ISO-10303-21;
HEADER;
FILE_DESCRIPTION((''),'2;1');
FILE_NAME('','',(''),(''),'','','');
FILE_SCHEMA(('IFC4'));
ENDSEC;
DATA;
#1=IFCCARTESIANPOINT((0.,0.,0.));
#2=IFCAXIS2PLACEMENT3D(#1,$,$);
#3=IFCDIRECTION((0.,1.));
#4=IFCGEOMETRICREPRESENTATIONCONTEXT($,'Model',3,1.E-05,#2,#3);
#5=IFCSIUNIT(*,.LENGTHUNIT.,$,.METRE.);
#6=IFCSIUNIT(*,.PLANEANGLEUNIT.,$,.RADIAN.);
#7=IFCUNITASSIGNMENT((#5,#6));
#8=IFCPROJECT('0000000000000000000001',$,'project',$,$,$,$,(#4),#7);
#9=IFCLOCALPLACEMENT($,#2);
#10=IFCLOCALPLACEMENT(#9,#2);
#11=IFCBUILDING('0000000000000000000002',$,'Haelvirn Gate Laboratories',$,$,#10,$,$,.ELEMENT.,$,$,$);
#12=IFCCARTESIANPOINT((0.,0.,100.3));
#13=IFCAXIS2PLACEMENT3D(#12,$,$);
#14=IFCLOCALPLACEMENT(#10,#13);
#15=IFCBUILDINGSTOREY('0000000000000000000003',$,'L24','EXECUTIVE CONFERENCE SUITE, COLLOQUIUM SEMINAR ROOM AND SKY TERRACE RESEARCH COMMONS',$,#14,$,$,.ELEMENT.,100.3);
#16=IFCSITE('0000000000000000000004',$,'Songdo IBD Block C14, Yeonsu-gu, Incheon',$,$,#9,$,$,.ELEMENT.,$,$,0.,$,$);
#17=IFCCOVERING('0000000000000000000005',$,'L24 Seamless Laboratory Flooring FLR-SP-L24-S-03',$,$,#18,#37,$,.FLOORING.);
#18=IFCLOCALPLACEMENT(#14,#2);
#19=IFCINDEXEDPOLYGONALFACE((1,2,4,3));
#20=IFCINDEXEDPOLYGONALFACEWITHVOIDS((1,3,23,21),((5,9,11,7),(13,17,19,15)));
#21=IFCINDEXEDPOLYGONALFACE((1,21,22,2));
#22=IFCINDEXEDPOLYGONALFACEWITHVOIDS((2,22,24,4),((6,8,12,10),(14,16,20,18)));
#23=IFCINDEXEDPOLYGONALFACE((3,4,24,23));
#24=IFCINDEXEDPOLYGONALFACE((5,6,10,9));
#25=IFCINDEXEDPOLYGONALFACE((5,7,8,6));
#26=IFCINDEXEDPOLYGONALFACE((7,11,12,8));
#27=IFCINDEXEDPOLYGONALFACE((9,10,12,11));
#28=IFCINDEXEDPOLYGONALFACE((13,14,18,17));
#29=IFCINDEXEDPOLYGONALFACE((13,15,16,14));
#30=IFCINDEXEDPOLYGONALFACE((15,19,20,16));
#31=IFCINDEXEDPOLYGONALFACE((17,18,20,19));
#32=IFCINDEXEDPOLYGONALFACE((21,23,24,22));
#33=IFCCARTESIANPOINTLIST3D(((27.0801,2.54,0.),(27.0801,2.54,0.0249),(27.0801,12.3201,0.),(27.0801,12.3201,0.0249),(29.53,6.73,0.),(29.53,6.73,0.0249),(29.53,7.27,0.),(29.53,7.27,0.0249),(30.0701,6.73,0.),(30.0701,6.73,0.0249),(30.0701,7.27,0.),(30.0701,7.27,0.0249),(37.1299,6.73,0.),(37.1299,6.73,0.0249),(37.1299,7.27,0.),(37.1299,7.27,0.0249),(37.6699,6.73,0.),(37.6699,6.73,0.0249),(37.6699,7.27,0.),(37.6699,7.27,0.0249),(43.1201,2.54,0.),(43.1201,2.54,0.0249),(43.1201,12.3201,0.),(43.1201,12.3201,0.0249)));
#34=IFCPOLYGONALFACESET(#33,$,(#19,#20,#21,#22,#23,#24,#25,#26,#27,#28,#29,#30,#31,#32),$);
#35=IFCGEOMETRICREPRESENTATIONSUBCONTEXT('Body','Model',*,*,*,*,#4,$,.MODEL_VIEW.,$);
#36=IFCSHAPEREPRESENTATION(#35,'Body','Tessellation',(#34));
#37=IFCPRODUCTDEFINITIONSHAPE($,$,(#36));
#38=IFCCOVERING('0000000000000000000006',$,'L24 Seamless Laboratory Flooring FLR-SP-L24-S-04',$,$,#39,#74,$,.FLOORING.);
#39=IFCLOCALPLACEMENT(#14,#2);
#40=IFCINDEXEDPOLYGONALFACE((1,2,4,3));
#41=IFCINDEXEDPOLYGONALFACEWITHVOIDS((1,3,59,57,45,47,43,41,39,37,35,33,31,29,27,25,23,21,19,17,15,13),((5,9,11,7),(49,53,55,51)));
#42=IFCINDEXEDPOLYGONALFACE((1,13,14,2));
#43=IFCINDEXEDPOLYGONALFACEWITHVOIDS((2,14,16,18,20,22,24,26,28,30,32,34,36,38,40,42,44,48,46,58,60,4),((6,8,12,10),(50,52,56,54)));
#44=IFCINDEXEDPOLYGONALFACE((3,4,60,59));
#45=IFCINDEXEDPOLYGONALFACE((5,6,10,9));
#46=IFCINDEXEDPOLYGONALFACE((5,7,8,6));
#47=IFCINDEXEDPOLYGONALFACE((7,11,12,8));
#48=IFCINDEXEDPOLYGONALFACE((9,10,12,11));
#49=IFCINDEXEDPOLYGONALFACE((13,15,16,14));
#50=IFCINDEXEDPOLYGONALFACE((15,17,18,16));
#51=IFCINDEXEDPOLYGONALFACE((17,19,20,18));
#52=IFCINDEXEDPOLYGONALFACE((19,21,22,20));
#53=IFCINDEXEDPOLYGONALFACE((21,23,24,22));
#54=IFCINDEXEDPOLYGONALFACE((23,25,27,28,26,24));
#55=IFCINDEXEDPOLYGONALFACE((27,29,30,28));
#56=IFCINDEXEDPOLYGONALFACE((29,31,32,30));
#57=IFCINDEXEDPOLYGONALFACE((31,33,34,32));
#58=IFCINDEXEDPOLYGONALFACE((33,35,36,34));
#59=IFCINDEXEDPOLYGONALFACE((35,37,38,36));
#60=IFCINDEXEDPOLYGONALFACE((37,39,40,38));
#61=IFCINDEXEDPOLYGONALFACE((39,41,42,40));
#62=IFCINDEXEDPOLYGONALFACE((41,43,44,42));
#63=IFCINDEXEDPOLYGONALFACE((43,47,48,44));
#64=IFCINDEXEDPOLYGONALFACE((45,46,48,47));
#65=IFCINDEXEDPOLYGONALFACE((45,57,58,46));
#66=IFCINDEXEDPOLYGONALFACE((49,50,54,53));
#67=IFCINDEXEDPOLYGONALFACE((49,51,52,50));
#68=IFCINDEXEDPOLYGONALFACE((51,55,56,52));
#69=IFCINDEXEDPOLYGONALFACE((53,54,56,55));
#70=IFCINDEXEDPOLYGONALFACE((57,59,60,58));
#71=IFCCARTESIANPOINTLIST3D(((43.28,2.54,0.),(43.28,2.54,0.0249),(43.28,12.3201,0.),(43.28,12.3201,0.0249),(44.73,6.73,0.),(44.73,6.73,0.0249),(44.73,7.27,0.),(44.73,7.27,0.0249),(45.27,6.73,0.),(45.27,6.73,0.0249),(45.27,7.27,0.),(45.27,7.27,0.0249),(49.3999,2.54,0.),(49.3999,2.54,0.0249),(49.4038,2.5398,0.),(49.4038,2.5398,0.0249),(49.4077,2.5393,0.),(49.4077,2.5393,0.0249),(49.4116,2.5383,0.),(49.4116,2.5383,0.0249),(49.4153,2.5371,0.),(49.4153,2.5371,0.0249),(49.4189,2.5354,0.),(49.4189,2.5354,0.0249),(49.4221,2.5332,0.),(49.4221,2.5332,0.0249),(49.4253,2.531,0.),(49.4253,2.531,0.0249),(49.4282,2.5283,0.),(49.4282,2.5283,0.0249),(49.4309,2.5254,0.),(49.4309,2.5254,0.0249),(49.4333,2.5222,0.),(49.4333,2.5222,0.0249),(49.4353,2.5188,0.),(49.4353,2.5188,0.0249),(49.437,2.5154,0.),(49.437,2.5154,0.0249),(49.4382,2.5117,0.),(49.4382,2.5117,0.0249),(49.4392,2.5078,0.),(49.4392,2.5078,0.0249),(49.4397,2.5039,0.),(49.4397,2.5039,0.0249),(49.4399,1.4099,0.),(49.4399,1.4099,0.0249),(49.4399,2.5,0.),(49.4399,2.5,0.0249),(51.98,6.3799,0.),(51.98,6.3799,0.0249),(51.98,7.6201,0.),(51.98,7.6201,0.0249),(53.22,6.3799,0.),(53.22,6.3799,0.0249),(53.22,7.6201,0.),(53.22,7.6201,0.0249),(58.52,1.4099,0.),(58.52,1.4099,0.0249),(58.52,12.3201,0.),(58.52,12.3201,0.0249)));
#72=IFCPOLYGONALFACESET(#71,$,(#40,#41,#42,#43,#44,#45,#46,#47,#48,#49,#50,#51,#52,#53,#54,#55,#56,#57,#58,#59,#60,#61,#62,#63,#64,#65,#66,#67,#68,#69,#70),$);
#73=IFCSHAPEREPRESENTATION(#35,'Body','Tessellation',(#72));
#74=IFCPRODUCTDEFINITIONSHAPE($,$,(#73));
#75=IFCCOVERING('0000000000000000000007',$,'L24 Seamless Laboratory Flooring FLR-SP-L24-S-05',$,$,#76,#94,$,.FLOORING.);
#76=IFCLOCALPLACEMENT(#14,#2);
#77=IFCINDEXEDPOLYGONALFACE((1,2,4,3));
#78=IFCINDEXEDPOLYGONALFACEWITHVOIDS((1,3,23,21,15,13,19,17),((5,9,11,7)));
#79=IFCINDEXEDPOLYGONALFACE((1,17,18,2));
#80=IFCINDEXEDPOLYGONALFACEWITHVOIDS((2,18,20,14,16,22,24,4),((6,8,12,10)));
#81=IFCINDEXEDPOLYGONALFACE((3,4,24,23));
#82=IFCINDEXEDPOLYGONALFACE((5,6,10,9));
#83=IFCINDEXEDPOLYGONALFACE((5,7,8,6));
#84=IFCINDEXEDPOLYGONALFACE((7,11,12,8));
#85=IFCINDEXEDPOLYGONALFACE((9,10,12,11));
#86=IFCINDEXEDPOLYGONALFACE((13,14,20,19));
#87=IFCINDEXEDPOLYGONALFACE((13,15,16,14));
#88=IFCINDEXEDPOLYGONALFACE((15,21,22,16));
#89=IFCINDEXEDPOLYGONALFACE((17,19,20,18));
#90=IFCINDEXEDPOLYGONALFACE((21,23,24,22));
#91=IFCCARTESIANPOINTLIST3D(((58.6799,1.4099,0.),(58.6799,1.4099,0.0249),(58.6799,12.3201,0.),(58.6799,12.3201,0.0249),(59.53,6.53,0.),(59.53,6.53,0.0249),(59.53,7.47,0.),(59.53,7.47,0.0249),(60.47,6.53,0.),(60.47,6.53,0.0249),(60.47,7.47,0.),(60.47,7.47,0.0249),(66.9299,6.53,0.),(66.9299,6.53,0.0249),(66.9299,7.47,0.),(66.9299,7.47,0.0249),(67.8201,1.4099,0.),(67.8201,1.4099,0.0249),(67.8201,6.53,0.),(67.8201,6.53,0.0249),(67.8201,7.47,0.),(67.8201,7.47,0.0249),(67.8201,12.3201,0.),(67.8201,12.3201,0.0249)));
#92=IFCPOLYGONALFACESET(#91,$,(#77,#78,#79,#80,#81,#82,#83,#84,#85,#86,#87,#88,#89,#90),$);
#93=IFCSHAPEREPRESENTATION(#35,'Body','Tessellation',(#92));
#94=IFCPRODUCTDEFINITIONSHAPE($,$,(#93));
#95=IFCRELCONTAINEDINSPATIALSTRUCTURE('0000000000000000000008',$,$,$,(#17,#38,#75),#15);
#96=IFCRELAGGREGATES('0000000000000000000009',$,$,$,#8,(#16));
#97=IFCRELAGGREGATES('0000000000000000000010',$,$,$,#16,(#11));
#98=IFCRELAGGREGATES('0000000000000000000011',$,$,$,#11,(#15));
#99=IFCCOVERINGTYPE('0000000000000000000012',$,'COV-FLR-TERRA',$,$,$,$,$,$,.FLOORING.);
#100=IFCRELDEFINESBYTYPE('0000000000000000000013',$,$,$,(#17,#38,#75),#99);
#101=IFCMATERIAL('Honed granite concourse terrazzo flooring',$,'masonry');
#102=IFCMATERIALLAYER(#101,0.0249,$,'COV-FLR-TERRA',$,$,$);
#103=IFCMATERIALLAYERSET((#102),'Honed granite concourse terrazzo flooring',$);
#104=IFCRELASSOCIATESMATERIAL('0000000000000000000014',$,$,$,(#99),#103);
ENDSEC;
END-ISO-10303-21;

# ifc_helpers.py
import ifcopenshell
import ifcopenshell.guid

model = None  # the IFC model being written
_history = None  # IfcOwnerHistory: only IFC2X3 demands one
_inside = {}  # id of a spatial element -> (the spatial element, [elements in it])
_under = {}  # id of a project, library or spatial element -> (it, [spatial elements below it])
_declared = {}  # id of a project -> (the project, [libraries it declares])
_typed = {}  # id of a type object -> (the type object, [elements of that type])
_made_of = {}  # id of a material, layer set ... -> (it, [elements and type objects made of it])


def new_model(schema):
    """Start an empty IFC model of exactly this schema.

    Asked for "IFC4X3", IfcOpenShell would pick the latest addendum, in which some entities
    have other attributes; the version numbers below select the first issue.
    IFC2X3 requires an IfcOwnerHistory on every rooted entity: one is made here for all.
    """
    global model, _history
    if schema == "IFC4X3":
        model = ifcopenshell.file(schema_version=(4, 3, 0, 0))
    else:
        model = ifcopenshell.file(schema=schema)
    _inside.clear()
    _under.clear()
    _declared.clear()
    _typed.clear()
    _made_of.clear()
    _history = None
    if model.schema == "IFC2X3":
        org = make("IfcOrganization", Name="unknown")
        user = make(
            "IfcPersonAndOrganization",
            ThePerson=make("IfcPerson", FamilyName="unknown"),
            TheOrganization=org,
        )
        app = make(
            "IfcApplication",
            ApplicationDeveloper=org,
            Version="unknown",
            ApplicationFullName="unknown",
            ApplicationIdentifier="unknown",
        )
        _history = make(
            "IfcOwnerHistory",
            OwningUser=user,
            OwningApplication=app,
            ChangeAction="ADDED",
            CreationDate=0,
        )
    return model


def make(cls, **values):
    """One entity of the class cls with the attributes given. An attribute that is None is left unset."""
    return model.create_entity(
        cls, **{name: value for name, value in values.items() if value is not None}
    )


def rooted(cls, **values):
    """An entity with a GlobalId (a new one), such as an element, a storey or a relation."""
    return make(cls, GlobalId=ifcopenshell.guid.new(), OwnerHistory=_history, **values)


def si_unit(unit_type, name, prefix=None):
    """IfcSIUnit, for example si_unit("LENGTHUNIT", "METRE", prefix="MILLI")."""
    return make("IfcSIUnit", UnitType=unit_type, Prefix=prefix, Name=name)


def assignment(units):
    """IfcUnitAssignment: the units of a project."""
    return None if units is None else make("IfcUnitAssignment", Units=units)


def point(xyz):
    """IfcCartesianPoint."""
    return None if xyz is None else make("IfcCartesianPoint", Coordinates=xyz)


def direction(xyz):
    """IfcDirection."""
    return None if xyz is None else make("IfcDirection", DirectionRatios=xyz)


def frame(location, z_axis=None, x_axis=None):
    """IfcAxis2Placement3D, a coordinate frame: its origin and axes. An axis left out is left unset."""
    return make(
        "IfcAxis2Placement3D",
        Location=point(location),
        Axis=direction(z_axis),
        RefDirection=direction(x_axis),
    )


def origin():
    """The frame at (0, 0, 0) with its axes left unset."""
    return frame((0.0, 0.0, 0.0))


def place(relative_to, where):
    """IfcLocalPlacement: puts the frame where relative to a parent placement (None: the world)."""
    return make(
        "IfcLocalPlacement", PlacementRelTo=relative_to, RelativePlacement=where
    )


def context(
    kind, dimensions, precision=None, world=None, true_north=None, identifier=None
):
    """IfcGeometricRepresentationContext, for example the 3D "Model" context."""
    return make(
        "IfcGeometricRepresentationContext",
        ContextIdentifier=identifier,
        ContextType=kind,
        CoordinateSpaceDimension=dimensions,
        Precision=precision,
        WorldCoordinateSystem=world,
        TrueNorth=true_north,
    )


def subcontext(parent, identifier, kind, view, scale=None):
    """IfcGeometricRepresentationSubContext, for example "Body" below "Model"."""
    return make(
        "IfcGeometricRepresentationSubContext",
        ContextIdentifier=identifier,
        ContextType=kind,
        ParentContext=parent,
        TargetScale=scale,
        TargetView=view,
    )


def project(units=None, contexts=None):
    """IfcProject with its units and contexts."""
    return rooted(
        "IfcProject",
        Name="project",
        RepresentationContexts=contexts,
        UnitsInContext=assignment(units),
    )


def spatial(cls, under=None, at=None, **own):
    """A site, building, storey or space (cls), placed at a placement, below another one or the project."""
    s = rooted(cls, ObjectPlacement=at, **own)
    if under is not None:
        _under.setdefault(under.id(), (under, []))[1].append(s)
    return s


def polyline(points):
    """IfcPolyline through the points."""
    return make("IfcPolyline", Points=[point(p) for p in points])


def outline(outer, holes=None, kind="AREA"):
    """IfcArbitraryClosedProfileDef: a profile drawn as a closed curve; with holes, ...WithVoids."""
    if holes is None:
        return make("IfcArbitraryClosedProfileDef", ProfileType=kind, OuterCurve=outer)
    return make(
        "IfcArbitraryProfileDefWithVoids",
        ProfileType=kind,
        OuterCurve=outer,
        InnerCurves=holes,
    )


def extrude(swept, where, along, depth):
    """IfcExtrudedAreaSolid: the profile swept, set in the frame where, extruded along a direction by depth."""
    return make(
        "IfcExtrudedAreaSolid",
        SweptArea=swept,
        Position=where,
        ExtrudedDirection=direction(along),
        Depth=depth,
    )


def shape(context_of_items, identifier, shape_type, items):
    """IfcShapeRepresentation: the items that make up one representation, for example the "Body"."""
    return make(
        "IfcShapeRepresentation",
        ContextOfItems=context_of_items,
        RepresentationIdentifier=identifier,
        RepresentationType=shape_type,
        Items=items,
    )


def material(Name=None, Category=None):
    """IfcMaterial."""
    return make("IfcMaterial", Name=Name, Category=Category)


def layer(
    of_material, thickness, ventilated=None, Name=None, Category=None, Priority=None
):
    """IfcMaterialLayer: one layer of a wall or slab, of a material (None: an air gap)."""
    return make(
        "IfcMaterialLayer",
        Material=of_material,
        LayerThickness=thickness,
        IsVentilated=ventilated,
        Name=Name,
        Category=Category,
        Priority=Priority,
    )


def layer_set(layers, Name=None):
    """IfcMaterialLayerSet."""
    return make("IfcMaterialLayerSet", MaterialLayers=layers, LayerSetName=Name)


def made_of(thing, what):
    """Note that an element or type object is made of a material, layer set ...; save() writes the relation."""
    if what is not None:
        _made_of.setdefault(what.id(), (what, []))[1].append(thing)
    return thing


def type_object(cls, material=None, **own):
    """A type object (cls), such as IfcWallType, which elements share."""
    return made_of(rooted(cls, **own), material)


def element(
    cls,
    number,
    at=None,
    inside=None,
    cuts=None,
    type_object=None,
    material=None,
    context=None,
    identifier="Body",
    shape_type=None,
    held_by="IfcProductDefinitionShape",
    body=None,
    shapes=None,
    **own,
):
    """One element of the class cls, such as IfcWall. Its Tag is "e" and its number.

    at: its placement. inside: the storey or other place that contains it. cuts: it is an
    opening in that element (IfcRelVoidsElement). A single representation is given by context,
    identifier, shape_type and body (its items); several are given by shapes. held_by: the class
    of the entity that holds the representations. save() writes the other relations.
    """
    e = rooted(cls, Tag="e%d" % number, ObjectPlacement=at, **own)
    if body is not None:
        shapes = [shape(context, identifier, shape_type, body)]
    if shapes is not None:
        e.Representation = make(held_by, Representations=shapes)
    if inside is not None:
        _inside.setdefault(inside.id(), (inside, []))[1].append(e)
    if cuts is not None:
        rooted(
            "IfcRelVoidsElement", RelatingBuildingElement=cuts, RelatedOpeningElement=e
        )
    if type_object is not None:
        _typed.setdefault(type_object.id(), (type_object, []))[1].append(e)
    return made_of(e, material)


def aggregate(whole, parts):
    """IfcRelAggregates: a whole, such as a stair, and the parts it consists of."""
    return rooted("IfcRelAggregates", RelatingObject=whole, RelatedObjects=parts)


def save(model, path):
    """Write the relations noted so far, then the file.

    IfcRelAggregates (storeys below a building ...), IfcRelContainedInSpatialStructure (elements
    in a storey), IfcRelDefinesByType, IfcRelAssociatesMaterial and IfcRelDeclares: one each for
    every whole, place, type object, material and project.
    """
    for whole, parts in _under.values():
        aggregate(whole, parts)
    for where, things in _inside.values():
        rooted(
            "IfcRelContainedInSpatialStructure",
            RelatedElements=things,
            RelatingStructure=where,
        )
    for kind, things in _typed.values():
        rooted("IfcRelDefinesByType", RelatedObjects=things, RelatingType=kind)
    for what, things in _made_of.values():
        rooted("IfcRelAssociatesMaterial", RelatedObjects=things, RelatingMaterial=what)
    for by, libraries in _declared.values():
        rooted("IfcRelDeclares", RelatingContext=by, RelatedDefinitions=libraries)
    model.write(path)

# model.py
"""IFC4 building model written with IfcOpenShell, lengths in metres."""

from ifc_helpers import new_model, si_unit, direction, frame, origin, place, context, subcontext, project, spatial, polyline, outline, extrude, material, layer, layer_set, type_object, element, save


model = new_model("IFC4")

# Units and contexts
model_context = context("Model", 3, precision=1e-05, world=origin(), true_north=direction((0.0, 1.0)))
body_context = subcontext(model_context, "Body", "Model", "MODEL_VIEW")
ifc_project = project(units=[si_unit("LENGTHUNIT", "METRE"), si_unit("PLANEANGLEUNIT", "RADIAN")], contexts=[model_context])

# Site, building, storey
site_placement = place(None, origin())
site = spatial("IfcSite", under=ifc_project, at=site_placement, Name="Songdo IBD Block C14, Yeonsu-gu, Incheon", CompositionType="ELEMENT", RefElevation=0.0)
building_placement = place(site_placement, origin())
building = spatial("IfcBuilding", under=site, at=building_placement, Name="Haelvirn Gate Laboratories", CompositionType="ELEMENT")
storey_placement = place(building_placement, frame((0.0, 0.0, 100.3)))
storey = spatial("IfcBuildingStorey", under=building, at=storey_placement, Name="L24", Description="EXECUTIVE CONFERENCE SUITE, COLLOQUIUM SEMINAR ROOM AND SKY TERRACE RESEARCH COMMONS", CompositionType="ELEMENT", Elevation=100.3)

# Coverings
ifc_material_1 = material(Name="Honed granite concourse terrazzo flooring", Category="masonry")
ifc_layer_1 = layer(ifc_material_1, 0.0249, Name="COV-FLR-TERRA")
ifc_layer_set_1 = layer_set([ifc_layer_1], Name="Honed granite concourse terrazzo flooring")
covering_type_1 = type_object("IfcCoveringType", Name="COV-FLR-TERRA", PredefinedType="FLOORING", material=ifc_layer_set_1)
covering_1_placement = place(storey_placement, origin())
element("IfcCovering", 1, at=covering_1_placement, inside=storey, type_object=covering_type_1, Name="L24 Seamless Laboratory Flooring FLR-SP-L24-S-03", PredefinedType="FLOORING", context=body_context, shape_type="SweptSolid", body=[
    extrude(outline(polyline([(27.0801, 2.54), (27.0801, 12.3201), (43.1201, 12.3201), (43.1201, 2.54), (27.0801, 2.54)]), holes=[polyline([(29.53, 6.73), (30.0701, 6.73), (30.0701, 7.27), (29.53, 7.27), (29.53, 6.73)]), polyline([(37.1299, 7.27), (37.1299, 6.73), (37.6699, 6.73), (37.6699, 7.27), (37.1299, 7.27)])]), origin(), (0.0, 0.0, 1.0), 0.0249),
])
covering_2_placement = place(storey_placement, origin())
element("IfcCovering", 2, at=covering_2_placement, inside=storey, type_object=covering_type_1, Name="L24 Seamless Laboratory Flooring FLR-SP-L24-S-04", PredefinedType="FLOORING", context=body_context, shape_type="SweptSolid", body=[
    extrude(outline(polyline([(49.4399, 1.4099), (49.4399, 2.5), (49.4397, 2.5039), (49.4392, 2.5078), (49.4382, 2.5117), (49.437, 2.5154), (49.4353, 2.5188), (49.4333, 2.5222), (49.4309, 2.5254), (49.4282, 2.5283), (49.4253, 2.531), (49.4221, 2.5332), (49.4189, 2.5354), (49.4153, 2.5371), (49.4116, 2.5383), (49.4077, 2.5393), (49.4038, 2.5398), (49.3999, 2.54), (43.28, 2.54), (43.28, 12.3201), (58.52, 12.3201), (58.52, 1.4099), (49.4399, 1.4099)]), holes=[polyline([(51.98, 6.3799), (53.22, 6.3799), (53.22, 7.6201), (51.98, 7.6201), (51.98, 6.3799)]), polyline([(44.73, 7.27), (44.73, 6.73), (45.27, 6.73), (45.27, 7.27), (44.73, 7.27)])]), origin(), (0.0, 0.0, 1.0), 0.0249),
])
covering_3_placement = place(storey_placement, origin())
element("IfcCovering", 3, at=covering_3_placement, inside=storey, type_object=covering_type_1, Name="L24 Seamless Laboratory Flooring FLR-SP-L24-S-05", PredefinedType="FLOORING", context=body_context, shape_type="SweptSolid", body=[
    extrude(outline(polyline([(67.8201, 7.47), (66.9299, 7.47), (66.9299, 6.53), (67.8201, 6.53), (67.8201, 1.4099), (58.6799, 1.4099), (58.6799, 12.3201), (67.8201, 12.3201), (67.8201, 7.47)]), holes=[polyline([(59.53, 6.53), (60.47, 6.53), (60.47, 7.47), (59.53, 7.47), (59.53, 6.53)])]), origin(), (0.0, 0.0, 1.0), 0.0249),
])

save(model, "model.ifc")
